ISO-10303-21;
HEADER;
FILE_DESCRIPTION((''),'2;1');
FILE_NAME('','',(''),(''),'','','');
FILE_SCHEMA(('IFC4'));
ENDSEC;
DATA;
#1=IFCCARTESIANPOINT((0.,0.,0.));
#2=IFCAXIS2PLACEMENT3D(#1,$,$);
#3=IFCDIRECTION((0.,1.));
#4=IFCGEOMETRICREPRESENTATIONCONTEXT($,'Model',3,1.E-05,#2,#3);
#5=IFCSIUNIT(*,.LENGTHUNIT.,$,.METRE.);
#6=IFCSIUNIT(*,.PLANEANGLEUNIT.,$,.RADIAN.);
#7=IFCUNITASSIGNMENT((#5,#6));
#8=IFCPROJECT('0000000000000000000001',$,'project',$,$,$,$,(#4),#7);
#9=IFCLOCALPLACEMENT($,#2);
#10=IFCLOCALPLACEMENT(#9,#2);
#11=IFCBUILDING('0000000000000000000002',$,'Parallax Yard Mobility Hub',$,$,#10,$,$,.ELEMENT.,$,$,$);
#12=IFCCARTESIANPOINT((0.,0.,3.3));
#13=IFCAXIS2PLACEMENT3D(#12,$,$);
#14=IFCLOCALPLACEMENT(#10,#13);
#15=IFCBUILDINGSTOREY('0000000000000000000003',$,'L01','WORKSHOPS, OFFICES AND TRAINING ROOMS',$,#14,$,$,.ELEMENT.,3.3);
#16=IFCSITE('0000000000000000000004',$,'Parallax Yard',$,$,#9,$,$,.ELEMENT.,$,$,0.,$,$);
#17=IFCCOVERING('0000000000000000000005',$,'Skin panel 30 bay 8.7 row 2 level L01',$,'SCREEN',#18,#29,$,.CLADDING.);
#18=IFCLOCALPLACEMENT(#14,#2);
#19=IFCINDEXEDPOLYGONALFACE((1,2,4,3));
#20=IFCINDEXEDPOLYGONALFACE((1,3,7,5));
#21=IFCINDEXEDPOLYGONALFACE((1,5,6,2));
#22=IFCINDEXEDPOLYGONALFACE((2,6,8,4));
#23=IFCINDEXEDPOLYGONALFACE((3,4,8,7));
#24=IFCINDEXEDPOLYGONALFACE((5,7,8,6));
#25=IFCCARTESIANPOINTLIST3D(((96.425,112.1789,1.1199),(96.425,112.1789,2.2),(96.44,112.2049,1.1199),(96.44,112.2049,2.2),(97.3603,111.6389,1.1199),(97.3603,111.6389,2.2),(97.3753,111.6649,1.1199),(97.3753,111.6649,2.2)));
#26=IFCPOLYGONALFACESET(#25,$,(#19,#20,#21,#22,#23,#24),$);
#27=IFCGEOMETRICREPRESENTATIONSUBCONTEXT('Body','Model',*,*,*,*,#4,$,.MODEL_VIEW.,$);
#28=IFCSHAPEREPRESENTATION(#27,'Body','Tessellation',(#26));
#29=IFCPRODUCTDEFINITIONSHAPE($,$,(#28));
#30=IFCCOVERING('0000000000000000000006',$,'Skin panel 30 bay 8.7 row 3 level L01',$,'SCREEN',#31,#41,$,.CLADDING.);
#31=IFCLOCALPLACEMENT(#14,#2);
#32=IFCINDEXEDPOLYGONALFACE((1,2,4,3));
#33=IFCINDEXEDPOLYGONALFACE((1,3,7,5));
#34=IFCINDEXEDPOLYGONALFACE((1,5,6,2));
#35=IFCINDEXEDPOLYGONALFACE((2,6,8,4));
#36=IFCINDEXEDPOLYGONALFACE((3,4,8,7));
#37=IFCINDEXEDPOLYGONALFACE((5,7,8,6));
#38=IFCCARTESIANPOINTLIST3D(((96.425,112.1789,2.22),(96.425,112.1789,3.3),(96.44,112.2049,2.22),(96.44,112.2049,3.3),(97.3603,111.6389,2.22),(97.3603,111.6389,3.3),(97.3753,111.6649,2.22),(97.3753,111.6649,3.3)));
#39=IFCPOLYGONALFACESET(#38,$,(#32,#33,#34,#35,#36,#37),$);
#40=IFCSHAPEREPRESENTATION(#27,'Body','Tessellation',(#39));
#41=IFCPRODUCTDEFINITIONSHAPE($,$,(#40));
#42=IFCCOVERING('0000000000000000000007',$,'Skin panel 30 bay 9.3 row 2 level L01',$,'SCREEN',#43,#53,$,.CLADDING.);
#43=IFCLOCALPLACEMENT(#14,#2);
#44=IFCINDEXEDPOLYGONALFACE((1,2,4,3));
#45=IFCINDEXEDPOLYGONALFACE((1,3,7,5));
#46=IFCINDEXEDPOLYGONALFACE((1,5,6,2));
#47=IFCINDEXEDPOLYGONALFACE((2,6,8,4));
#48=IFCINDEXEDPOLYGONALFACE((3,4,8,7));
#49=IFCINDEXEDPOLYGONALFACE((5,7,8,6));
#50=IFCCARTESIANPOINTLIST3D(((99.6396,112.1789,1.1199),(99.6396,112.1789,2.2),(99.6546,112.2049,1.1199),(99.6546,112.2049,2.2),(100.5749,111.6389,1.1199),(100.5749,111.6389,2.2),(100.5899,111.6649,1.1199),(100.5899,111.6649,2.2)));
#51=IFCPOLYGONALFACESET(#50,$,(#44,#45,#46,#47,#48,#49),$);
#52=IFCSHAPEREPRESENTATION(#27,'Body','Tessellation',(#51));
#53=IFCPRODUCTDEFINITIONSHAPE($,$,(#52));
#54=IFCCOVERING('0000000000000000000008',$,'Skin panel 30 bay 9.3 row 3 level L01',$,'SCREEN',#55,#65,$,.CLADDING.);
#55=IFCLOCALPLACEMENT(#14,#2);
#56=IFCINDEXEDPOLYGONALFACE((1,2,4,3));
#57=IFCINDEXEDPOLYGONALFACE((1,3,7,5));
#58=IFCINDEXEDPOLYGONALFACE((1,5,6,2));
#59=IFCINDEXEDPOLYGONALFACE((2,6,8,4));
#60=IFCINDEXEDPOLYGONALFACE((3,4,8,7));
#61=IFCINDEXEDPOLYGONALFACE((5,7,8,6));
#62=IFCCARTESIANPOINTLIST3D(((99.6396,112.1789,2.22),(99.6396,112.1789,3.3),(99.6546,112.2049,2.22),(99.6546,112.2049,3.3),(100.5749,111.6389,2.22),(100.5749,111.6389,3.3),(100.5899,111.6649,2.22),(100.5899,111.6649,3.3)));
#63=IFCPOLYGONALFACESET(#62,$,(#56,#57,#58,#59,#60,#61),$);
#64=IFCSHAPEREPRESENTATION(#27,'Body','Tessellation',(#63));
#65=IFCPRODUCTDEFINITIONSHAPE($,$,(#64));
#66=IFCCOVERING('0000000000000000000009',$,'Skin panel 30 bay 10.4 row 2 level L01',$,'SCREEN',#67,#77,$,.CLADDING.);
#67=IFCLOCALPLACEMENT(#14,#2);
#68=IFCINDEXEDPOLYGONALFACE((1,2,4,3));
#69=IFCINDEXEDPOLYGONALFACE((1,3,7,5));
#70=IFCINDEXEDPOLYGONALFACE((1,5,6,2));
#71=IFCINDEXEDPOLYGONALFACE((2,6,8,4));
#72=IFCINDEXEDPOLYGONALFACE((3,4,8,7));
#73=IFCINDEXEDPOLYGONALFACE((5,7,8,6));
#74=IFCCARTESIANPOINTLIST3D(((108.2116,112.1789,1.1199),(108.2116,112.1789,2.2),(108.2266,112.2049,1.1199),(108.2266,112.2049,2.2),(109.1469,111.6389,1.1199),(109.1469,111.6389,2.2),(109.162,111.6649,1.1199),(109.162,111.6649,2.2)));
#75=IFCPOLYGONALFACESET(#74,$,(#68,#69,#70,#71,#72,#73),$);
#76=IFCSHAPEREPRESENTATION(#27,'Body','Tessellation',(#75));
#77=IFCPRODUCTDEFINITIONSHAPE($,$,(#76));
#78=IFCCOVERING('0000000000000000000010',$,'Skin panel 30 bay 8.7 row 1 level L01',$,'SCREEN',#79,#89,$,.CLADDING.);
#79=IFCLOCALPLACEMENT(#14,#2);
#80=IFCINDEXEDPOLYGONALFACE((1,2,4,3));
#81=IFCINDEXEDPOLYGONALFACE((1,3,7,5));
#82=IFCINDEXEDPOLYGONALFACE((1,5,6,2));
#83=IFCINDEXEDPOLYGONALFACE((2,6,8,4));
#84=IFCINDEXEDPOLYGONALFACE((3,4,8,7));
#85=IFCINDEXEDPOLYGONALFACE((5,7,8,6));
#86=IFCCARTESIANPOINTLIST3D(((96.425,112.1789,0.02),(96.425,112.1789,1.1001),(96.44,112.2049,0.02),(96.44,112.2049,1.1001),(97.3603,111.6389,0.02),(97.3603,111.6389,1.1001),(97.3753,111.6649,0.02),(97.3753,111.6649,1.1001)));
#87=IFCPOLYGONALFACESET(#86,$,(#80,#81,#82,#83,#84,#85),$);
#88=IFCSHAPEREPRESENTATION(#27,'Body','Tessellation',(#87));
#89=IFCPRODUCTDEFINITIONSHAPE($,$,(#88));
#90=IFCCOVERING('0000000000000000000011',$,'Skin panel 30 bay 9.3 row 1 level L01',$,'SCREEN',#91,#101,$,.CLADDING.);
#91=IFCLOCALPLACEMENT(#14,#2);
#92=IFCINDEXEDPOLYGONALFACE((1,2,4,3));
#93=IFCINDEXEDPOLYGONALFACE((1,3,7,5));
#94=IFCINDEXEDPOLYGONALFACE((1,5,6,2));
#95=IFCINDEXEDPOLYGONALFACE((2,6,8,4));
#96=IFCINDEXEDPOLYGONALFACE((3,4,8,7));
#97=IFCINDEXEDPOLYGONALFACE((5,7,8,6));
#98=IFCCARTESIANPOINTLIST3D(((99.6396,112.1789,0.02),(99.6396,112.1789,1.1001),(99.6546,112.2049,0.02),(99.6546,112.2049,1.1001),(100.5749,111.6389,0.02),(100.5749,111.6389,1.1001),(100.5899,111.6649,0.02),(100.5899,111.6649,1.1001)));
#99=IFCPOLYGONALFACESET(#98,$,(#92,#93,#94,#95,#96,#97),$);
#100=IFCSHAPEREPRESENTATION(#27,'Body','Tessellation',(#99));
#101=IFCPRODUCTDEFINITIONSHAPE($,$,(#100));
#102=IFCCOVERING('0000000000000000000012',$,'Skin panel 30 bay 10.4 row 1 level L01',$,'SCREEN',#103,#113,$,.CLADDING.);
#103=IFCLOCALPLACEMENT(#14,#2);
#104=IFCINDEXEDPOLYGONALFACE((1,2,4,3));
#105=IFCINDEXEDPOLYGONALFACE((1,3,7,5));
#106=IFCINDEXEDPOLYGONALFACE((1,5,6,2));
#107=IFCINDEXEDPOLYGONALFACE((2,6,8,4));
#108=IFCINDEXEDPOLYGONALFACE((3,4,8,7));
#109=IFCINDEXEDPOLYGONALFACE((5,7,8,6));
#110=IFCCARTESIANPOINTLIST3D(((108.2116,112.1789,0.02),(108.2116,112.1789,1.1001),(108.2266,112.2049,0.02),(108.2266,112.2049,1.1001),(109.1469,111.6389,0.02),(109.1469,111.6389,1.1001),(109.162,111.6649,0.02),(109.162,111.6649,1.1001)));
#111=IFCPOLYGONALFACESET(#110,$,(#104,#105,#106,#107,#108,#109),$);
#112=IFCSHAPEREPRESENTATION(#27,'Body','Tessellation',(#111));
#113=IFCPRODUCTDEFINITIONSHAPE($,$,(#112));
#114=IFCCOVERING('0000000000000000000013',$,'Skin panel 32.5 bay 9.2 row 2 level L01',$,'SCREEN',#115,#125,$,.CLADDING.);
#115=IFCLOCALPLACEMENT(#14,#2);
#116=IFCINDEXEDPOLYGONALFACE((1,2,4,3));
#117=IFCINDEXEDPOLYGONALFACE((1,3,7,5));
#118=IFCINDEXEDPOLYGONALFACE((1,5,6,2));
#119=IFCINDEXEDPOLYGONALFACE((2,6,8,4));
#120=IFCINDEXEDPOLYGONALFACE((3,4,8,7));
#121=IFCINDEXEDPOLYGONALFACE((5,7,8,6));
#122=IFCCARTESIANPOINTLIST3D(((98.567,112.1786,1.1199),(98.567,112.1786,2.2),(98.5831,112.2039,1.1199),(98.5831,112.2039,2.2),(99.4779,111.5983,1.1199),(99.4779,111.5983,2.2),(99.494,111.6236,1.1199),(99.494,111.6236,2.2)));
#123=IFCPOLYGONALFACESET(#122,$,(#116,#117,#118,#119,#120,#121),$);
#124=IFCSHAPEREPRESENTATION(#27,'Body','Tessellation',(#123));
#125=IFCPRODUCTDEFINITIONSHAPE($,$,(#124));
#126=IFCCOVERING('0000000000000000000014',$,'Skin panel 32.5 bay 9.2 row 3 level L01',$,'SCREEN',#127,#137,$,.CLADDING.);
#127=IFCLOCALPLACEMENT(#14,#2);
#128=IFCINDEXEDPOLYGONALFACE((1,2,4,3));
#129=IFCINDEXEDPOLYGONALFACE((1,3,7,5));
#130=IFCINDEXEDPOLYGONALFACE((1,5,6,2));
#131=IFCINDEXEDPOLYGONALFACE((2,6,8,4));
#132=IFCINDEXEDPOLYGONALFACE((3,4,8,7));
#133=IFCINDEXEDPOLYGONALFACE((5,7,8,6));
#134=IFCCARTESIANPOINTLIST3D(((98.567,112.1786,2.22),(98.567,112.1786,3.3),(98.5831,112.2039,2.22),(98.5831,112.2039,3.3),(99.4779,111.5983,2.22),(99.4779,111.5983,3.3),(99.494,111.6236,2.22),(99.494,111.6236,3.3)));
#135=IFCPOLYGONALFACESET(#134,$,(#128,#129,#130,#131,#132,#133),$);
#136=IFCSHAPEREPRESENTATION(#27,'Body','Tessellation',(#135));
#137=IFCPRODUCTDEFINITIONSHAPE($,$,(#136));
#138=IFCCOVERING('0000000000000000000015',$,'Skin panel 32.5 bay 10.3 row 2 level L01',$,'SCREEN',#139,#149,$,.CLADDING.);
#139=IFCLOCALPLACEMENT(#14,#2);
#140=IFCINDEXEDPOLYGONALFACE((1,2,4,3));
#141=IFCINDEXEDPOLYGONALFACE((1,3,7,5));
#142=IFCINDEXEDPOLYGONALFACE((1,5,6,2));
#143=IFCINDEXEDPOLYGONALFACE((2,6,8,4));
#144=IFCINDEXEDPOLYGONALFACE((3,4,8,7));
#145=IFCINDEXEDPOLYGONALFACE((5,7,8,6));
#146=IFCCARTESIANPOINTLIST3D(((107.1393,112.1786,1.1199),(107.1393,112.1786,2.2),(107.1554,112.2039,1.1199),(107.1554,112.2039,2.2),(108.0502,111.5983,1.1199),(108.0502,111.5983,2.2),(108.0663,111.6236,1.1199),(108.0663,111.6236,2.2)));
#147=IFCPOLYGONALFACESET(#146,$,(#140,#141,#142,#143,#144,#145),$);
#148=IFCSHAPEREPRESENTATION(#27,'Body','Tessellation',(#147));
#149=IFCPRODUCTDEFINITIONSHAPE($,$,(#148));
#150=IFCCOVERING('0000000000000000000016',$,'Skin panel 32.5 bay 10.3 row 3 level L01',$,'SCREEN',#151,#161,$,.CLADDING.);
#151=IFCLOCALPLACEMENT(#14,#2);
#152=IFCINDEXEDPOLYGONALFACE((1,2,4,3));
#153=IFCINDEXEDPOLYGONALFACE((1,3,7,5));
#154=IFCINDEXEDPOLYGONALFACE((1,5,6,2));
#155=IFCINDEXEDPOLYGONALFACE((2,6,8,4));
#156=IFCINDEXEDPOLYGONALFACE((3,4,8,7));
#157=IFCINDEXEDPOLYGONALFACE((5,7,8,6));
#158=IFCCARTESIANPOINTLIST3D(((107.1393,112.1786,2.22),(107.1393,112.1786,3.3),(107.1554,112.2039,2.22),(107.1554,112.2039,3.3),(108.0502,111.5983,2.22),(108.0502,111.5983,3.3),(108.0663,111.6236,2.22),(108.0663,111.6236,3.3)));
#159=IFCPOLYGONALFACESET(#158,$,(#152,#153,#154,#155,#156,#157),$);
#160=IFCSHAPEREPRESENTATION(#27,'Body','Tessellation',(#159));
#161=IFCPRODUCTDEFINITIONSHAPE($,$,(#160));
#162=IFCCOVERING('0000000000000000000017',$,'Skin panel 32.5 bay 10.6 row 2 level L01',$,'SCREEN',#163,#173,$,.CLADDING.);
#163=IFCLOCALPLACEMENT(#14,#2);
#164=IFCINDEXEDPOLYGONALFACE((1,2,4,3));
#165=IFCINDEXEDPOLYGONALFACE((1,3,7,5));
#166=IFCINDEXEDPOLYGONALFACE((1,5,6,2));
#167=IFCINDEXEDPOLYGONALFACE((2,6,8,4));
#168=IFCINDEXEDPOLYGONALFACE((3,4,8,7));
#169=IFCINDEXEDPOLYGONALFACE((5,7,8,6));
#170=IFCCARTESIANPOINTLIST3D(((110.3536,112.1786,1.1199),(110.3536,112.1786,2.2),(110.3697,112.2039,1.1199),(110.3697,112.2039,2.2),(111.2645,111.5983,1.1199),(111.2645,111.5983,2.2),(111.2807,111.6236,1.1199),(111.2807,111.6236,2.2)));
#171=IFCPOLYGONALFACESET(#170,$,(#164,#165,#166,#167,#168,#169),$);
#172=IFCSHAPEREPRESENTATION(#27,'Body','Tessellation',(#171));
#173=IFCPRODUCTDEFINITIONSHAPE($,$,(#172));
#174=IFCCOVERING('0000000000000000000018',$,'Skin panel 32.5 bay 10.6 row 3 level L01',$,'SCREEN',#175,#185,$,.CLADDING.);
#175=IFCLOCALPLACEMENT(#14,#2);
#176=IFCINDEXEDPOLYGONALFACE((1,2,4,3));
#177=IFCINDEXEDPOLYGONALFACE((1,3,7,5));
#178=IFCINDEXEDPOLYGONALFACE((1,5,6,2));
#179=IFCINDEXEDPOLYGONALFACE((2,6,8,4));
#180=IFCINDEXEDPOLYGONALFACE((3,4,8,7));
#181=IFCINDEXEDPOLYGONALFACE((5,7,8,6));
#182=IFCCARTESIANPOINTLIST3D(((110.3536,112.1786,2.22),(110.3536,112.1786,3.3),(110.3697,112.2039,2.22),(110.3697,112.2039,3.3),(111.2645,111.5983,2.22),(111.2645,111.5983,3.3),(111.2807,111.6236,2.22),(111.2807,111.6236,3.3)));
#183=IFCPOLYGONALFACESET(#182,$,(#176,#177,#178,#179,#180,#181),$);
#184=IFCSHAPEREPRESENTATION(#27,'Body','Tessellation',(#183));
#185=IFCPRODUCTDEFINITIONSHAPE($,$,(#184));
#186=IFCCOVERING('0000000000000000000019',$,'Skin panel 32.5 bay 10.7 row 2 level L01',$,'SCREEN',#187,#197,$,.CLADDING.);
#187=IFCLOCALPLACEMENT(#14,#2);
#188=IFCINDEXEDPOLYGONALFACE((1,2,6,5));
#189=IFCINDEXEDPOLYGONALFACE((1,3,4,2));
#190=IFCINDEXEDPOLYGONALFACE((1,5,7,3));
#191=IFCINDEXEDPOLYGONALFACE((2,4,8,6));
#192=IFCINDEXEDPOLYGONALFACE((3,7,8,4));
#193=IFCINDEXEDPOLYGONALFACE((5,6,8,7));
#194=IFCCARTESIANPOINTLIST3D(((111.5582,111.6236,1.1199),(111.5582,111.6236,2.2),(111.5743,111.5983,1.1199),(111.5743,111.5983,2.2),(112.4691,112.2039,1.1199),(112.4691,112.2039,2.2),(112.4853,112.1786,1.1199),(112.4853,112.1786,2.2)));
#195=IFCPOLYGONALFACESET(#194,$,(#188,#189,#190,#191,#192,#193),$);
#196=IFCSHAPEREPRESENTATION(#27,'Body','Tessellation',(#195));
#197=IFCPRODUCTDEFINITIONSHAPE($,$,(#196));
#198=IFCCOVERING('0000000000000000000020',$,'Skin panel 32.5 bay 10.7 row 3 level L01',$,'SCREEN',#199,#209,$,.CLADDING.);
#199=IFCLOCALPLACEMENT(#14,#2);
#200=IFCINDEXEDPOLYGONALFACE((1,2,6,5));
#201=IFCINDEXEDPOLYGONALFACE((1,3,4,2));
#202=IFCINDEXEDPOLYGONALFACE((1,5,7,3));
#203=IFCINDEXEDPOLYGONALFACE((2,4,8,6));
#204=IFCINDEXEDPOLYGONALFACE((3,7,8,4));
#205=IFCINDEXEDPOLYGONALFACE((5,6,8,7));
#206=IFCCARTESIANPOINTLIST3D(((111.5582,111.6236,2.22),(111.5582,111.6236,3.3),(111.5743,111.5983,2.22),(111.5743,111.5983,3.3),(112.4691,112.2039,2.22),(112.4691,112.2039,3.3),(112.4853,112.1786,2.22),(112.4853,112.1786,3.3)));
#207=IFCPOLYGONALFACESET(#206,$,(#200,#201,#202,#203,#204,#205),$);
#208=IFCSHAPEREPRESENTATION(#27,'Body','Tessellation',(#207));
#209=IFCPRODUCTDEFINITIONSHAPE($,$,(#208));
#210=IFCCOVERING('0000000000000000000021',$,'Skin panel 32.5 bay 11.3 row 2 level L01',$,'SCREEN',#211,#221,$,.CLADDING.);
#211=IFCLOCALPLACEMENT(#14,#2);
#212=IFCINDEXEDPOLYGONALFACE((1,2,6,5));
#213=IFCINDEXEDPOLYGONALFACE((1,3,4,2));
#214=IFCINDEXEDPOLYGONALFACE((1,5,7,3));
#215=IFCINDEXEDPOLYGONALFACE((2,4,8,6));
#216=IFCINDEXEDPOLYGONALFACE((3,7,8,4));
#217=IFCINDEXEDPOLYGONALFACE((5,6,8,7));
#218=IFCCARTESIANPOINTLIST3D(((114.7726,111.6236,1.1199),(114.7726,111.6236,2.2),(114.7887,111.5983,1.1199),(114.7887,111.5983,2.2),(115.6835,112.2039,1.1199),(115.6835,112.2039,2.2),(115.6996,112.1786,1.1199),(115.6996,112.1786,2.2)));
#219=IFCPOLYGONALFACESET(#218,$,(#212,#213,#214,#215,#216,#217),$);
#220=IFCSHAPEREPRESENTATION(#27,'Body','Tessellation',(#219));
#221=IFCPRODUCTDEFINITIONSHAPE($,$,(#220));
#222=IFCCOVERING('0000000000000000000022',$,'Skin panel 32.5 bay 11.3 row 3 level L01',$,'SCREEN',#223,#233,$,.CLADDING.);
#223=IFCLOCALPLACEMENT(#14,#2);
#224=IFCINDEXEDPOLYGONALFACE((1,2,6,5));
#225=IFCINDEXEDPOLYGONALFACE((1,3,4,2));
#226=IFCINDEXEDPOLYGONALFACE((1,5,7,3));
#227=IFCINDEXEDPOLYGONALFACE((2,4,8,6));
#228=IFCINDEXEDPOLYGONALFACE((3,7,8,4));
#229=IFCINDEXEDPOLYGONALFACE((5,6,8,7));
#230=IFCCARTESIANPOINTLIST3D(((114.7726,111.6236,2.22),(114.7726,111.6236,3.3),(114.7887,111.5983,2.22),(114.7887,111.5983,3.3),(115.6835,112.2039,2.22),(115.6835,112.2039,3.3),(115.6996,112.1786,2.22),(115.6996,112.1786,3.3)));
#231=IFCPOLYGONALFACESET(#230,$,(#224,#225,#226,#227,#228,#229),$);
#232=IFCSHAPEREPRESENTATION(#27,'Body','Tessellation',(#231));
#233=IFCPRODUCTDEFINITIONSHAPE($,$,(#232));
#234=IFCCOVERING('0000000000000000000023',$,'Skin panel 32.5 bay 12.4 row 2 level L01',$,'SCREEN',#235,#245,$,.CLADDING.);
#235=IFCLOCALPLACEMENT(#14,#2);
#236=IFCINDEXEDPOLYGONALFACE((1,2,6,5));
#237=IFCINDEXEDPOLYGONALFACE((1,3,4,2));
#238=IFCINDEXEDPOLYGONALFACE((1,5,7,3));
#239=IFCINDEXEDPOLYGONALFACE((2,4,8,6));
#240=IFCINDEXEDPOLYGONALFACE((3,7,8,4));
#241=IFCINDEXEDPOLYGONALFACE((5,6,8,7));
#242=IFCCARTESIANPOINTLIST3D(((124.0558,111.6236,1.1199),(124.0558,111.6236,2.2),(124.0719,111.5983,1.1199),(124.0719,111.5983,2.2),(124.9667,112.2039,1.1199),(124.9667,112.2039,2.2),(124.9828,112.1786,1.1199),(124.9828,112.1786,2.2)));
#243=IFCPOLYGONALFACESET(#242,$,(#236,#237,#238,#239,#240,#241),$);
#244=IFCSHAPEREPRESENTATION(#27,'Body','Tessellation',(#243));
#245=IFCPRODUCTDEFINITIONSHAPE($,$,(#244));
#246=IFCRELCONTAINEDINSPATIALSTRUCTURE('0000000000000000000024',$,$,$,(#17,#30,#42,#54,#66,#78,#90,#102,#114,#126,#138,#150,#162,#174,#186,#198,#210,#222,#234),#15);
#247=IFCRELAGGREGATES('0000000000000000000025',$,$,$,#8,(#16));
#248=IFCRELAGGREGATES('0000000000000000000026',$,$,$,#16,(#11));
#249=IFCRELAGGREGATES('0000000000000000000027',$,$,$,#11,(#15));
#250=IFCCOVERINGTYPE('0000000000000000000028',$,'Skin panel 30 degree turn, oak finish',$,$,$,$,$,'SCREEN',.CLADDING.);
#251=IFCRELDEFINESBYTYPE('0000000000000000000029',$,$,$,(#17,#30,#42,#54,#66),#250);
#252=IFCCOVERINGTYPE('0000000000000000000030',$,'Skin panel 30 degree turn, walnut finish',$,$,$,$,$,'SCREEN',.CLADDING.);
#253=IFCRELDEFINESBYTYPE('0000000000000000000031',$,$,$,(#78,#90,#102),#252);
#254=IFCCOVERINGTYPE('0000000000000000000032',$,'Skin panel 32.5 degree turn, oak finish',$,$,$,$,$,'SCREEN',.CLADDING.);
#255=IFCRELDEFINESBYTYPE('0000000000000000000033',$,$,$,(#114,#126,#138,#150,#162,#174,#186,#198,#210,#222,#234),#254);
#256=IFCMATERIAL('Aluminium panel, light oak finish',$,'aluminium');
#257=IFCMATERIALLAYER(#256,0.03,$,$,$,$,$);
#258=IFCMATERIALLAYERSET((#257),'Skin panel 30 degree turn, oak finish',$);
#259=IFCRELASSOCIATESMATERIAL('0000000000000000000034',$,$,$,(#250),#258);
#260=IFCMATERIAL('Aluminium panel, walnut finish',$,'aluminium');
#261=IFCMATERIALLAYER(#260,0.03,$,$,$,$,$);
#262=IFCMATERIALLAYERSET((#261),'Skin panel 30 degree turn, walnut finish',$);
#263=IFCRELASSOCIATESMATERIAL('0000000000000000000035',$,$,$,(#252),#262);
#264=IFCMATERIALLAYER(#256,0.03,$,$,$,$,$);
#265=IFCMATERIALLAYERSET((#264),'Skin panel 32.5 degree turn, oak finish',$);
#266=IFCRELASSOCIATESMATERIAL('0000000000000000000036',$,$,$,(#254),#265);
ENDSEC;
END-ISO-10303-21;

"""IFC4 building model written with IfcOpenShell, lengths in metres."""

from ifc_helpers import new_model, si_unit, direction, frame, origin, origin_2d, place, context, subcontext, project, spatial, rectangle, extrude, material, layer, layer_set, type_object, element, save


model = new_model("IFC4")

# Units and contexts
model_context = context("Model", 3, precision=1e-05, world=origin(), true_north=direction((0.0, 1.0)))
body_context = subcontext(model_context, "Body", "Model", "MODEL_VIEW")
ifc_project = project(units=[si_unit("LENGTHUNIT", "METRE"), si_unit("PLANEANGLEUNIT", "RADIAN")], contexts=[model_context])

# Site, building, storey
site_placement = place(None, origin())
site = spatial("IfcSite", under=ifc_project, at=site_placement, Name="Parallax Yard", CompositionType="ELEMENT", RefElevation=0.0)
building_placement = place(site_placement, origin())
building = spatial("IfcBuilding", under=site, at=building_placement, Name="Parallax Yard Mobility Hub", CompositionType="ELEMENT")
storey_placement = place(building_placement, frame((0.0, 0.0, 3.3)))
storey = spatial("IfcBuildingStorey", under=building, at=storey_placement, Name="L01", Description="WORKSHOPS, OFFICES AND TRAINING ROOMS", CompositionType="ELEMENT", Elevation=3.3)

# Coverings
ifc_material_1 = material(Name="Aluminium panel, light oak finish", Category="aluminium")
ifc_layer_1 = layer(ifc_material_1, 0.03)
ifc_layer_set_1 = layer_set([ifc_layer_1], Name="Skin panel 30 degree turn, oak finish")
covering_type_1 = type_object("IfcCoveringType", Name="Skin panel 30 degree turn, oak finish", ElementType="SCREEN", PredefinedType="CLADDING", material=ifc_layer_set_1)
for number, where, z_axis, x_axis, name in (
    (1, (96.9001, 111.9219, 1.1199), (0.0, 0.0, 1.0), (0.866025, -0.5, 0.0), "Skin panel 30 bay 8.7 row 2 level L01"),
    (2, (96.9001, 111.9219, 2.22), (0.0, 0.0, 1.0), (0.866025, -0.5, 0.0), "Skin panel 30 bay 8.7 row 3 level L01"),
    (3, (100.1147, 111.9219, 1.1199), (0.0, 0.0, 1.0), (0.866025, -0.5, 0.0), "Skin panel 30 bay 9.3 row 2 level L01"),
    (4, (100.1147, 111.9219, 2.22), (0.0, 0.0, 1.0), (0.866025, -0.5, 0.0), "Skin panel 30 bay 9.3 row 3 level L01"),
    (5, (108.6868, 111.9219, 1.1199), (0.0, 0.0, 1.0), (0.866025, -0.5, 0.0), "Skin panel 30 bay 10.4 row 2 level L01"),
):
    element("IfcCovering", number, at=place(storey_placement, frame(where, z_axis=z_axis, x_axis=x_axis)), inside=storey, type_object=covering_type_1, Name=name, ObjectType="SCREEN", PredefinedType="CLADDING", context=body_context, shape_type="SweptSolid", body=[
        extrude(rectangle(XDim=1.0801, YDim=0.03, at=origin_2d()), origin(), (0.0, 0.0, 1.0), 1.0801),
    ])
ifc_material_2 = material(Name="Aluminium panel, walnut finish", Category="aluminium")
ifc_layer_2 = layer(ifc_material_2, 0.03)
ifc_layer_set_2 = layer_set([ifc_layer_2], Name="Skin panel 30 degree turn, walnut finish")
covering_type_2 = type_object("IfcCoveringType", Name="Skin panel 30 degree turn, walnut finish", ElementType="SCREEN", PredefinedType="CLADDING", material=ifc_layer_set_2)
for number, where, z_axis, x_axis, name in (
    (6, (96.9001, 111.9219, 0.02), (0.0, 0.0, 1.0), (0.866025, -0.5, 0.0), "Skin panel 30 bay 8.7 row 1 level L01"),
    (7, (100.1147, 111.9219, 0.02), (0.0, 0.0, 1.0), (0.866025, -0.5, 0.0), "Skin panel 30 bay 9.3 row 1 level L01"),
    (8, (108.6868, 111.9219, 0.02), (0.0, 0.0, 1.0), (0.866025, -0.5, 0.0), "Skin panel 30 bay 10.4 row 1 level L01"),
):
    element("IfcCovering", number, at=place(storey_placement, frame(where, z_axis=z_axis, x_axis=x_axis)), inside=storey, type_object=covering_type_2, Name=name, ObjectType="SCREEN", PredefinedType="CLADDING", context=body_context, shape_type="SweptSolid", body=[
        extrude(rectangle(XDim=1.0801, YDim=0.03, at=origin_2d()), origin(), (0.0, 0.0, 1.0), 1.0801),
    ])
ifc_layer_3 = layer(ifc_material_1, 0.03)
ifc_layer_set_3 = layer_set([ifc_layer_3], Name="Skin panel 32.5 degree turn, oak finish")
covering_type_3 = type_object("IfcCoveringType", Name="Skin panel 32.5 degree turn, oak finish", ElementType="SCREEN", PredefinedType="CLADDING", material=ifc_layer_set_3)
for number, where, z_axis, x_axis, name in (
    (9, (99.0305, 111.9011, 1.1199), (0.0, 0.0, 1.0), (0.843391, -0.5373, 0.0), "Skin panel 32.5 bay 9.2 row 2 level L01"),
    (10, (99.0305, 111.9011, 2.22), (0.0, 0.0, 1.0), (0.843391, -0.5373, 0.0), "Skin panel 32.5 bay 9.2 row 3 level L01"),
    (11, (107.6028, 111.9011, 1.1199), (0.0, 0.0, 1.0), (0.843391, -0.5373, 0.0), "Skin panel 32.5 bay 10.3 row 2 level L01"),
    (12, (107.6028, 111.9011, 2.22), (0.0, 0.0, 1.0), (0.843391, -0.5373, 0.0), "Skin panel 32.5 bay 10.3 row 3 level L01"),
    (13, (110.8171, 111.9011, 1.1199), (0.0, 0.0, 1.0), (0.843391, -0.5373, 0.0), "Skin panel 32.5 bay 10.6 row 2 level L01"),
    (14, (110.8171, 111.9011, 2.22), (0.0, 0.0, 1.0), (0.843391, -0.5373, 0.0), "Skin panel 32.5 bay 10.6 row 3 level L01"),
    (15, (112.0217, 111.9011, 1.1199), (0.0, 0.0, 1.0), (-0.843391, -0.5373, 0.0), "Skin panel 32.5 bay 10.7 row 2 level L01"),
    (16, (112.0217, 111.9011, 2.22), (0.0, 0.0, 1.0), (-0.843391, -0.5373, 0.0), "Skin panel 32.5 bay 10.7 row 3 level L01"),
    (17, (115.2361, 111.9011, 1.1199), (0.0, 0.0, 1.0), (-0.843391, -0.5373, 0.0), "Skin panel 32.5 bay 11.3 row 2 level L01"),
    (18, (115.2361, 111.9011, 2.22), (0.0, 0.0, 1.0), (-0.843391, -0.5373, 0.0), "Skin panel 32.5 bay 11.3 row 3 level L01"),
    (19, (124.5193, 111.9011, 1.1199), (0.0, 0.0, 1.0), (-0.843391, -0.5373, 0.0), "Skin panel 32.5 bay 12.4 row 2 level L01"),
):
    element("IfcCovering", number, at=place(storey_placement, frame(where, z_axis=z_axis, x_axis=x_axis)), inside=storey, type_object=covering_type_3, Name=name, ObjectType="SCREEN", PredefinedType="CLADDING", context=body_context, shape_type="SweptSolid", body=[
        extrude(rectangle(XDim=1.0801, YDim=0.03, at=origin_2d()), origin(), (0.0, 0.0, 1.0), 1.0801),
    ])

save(model, "model.ifc")
